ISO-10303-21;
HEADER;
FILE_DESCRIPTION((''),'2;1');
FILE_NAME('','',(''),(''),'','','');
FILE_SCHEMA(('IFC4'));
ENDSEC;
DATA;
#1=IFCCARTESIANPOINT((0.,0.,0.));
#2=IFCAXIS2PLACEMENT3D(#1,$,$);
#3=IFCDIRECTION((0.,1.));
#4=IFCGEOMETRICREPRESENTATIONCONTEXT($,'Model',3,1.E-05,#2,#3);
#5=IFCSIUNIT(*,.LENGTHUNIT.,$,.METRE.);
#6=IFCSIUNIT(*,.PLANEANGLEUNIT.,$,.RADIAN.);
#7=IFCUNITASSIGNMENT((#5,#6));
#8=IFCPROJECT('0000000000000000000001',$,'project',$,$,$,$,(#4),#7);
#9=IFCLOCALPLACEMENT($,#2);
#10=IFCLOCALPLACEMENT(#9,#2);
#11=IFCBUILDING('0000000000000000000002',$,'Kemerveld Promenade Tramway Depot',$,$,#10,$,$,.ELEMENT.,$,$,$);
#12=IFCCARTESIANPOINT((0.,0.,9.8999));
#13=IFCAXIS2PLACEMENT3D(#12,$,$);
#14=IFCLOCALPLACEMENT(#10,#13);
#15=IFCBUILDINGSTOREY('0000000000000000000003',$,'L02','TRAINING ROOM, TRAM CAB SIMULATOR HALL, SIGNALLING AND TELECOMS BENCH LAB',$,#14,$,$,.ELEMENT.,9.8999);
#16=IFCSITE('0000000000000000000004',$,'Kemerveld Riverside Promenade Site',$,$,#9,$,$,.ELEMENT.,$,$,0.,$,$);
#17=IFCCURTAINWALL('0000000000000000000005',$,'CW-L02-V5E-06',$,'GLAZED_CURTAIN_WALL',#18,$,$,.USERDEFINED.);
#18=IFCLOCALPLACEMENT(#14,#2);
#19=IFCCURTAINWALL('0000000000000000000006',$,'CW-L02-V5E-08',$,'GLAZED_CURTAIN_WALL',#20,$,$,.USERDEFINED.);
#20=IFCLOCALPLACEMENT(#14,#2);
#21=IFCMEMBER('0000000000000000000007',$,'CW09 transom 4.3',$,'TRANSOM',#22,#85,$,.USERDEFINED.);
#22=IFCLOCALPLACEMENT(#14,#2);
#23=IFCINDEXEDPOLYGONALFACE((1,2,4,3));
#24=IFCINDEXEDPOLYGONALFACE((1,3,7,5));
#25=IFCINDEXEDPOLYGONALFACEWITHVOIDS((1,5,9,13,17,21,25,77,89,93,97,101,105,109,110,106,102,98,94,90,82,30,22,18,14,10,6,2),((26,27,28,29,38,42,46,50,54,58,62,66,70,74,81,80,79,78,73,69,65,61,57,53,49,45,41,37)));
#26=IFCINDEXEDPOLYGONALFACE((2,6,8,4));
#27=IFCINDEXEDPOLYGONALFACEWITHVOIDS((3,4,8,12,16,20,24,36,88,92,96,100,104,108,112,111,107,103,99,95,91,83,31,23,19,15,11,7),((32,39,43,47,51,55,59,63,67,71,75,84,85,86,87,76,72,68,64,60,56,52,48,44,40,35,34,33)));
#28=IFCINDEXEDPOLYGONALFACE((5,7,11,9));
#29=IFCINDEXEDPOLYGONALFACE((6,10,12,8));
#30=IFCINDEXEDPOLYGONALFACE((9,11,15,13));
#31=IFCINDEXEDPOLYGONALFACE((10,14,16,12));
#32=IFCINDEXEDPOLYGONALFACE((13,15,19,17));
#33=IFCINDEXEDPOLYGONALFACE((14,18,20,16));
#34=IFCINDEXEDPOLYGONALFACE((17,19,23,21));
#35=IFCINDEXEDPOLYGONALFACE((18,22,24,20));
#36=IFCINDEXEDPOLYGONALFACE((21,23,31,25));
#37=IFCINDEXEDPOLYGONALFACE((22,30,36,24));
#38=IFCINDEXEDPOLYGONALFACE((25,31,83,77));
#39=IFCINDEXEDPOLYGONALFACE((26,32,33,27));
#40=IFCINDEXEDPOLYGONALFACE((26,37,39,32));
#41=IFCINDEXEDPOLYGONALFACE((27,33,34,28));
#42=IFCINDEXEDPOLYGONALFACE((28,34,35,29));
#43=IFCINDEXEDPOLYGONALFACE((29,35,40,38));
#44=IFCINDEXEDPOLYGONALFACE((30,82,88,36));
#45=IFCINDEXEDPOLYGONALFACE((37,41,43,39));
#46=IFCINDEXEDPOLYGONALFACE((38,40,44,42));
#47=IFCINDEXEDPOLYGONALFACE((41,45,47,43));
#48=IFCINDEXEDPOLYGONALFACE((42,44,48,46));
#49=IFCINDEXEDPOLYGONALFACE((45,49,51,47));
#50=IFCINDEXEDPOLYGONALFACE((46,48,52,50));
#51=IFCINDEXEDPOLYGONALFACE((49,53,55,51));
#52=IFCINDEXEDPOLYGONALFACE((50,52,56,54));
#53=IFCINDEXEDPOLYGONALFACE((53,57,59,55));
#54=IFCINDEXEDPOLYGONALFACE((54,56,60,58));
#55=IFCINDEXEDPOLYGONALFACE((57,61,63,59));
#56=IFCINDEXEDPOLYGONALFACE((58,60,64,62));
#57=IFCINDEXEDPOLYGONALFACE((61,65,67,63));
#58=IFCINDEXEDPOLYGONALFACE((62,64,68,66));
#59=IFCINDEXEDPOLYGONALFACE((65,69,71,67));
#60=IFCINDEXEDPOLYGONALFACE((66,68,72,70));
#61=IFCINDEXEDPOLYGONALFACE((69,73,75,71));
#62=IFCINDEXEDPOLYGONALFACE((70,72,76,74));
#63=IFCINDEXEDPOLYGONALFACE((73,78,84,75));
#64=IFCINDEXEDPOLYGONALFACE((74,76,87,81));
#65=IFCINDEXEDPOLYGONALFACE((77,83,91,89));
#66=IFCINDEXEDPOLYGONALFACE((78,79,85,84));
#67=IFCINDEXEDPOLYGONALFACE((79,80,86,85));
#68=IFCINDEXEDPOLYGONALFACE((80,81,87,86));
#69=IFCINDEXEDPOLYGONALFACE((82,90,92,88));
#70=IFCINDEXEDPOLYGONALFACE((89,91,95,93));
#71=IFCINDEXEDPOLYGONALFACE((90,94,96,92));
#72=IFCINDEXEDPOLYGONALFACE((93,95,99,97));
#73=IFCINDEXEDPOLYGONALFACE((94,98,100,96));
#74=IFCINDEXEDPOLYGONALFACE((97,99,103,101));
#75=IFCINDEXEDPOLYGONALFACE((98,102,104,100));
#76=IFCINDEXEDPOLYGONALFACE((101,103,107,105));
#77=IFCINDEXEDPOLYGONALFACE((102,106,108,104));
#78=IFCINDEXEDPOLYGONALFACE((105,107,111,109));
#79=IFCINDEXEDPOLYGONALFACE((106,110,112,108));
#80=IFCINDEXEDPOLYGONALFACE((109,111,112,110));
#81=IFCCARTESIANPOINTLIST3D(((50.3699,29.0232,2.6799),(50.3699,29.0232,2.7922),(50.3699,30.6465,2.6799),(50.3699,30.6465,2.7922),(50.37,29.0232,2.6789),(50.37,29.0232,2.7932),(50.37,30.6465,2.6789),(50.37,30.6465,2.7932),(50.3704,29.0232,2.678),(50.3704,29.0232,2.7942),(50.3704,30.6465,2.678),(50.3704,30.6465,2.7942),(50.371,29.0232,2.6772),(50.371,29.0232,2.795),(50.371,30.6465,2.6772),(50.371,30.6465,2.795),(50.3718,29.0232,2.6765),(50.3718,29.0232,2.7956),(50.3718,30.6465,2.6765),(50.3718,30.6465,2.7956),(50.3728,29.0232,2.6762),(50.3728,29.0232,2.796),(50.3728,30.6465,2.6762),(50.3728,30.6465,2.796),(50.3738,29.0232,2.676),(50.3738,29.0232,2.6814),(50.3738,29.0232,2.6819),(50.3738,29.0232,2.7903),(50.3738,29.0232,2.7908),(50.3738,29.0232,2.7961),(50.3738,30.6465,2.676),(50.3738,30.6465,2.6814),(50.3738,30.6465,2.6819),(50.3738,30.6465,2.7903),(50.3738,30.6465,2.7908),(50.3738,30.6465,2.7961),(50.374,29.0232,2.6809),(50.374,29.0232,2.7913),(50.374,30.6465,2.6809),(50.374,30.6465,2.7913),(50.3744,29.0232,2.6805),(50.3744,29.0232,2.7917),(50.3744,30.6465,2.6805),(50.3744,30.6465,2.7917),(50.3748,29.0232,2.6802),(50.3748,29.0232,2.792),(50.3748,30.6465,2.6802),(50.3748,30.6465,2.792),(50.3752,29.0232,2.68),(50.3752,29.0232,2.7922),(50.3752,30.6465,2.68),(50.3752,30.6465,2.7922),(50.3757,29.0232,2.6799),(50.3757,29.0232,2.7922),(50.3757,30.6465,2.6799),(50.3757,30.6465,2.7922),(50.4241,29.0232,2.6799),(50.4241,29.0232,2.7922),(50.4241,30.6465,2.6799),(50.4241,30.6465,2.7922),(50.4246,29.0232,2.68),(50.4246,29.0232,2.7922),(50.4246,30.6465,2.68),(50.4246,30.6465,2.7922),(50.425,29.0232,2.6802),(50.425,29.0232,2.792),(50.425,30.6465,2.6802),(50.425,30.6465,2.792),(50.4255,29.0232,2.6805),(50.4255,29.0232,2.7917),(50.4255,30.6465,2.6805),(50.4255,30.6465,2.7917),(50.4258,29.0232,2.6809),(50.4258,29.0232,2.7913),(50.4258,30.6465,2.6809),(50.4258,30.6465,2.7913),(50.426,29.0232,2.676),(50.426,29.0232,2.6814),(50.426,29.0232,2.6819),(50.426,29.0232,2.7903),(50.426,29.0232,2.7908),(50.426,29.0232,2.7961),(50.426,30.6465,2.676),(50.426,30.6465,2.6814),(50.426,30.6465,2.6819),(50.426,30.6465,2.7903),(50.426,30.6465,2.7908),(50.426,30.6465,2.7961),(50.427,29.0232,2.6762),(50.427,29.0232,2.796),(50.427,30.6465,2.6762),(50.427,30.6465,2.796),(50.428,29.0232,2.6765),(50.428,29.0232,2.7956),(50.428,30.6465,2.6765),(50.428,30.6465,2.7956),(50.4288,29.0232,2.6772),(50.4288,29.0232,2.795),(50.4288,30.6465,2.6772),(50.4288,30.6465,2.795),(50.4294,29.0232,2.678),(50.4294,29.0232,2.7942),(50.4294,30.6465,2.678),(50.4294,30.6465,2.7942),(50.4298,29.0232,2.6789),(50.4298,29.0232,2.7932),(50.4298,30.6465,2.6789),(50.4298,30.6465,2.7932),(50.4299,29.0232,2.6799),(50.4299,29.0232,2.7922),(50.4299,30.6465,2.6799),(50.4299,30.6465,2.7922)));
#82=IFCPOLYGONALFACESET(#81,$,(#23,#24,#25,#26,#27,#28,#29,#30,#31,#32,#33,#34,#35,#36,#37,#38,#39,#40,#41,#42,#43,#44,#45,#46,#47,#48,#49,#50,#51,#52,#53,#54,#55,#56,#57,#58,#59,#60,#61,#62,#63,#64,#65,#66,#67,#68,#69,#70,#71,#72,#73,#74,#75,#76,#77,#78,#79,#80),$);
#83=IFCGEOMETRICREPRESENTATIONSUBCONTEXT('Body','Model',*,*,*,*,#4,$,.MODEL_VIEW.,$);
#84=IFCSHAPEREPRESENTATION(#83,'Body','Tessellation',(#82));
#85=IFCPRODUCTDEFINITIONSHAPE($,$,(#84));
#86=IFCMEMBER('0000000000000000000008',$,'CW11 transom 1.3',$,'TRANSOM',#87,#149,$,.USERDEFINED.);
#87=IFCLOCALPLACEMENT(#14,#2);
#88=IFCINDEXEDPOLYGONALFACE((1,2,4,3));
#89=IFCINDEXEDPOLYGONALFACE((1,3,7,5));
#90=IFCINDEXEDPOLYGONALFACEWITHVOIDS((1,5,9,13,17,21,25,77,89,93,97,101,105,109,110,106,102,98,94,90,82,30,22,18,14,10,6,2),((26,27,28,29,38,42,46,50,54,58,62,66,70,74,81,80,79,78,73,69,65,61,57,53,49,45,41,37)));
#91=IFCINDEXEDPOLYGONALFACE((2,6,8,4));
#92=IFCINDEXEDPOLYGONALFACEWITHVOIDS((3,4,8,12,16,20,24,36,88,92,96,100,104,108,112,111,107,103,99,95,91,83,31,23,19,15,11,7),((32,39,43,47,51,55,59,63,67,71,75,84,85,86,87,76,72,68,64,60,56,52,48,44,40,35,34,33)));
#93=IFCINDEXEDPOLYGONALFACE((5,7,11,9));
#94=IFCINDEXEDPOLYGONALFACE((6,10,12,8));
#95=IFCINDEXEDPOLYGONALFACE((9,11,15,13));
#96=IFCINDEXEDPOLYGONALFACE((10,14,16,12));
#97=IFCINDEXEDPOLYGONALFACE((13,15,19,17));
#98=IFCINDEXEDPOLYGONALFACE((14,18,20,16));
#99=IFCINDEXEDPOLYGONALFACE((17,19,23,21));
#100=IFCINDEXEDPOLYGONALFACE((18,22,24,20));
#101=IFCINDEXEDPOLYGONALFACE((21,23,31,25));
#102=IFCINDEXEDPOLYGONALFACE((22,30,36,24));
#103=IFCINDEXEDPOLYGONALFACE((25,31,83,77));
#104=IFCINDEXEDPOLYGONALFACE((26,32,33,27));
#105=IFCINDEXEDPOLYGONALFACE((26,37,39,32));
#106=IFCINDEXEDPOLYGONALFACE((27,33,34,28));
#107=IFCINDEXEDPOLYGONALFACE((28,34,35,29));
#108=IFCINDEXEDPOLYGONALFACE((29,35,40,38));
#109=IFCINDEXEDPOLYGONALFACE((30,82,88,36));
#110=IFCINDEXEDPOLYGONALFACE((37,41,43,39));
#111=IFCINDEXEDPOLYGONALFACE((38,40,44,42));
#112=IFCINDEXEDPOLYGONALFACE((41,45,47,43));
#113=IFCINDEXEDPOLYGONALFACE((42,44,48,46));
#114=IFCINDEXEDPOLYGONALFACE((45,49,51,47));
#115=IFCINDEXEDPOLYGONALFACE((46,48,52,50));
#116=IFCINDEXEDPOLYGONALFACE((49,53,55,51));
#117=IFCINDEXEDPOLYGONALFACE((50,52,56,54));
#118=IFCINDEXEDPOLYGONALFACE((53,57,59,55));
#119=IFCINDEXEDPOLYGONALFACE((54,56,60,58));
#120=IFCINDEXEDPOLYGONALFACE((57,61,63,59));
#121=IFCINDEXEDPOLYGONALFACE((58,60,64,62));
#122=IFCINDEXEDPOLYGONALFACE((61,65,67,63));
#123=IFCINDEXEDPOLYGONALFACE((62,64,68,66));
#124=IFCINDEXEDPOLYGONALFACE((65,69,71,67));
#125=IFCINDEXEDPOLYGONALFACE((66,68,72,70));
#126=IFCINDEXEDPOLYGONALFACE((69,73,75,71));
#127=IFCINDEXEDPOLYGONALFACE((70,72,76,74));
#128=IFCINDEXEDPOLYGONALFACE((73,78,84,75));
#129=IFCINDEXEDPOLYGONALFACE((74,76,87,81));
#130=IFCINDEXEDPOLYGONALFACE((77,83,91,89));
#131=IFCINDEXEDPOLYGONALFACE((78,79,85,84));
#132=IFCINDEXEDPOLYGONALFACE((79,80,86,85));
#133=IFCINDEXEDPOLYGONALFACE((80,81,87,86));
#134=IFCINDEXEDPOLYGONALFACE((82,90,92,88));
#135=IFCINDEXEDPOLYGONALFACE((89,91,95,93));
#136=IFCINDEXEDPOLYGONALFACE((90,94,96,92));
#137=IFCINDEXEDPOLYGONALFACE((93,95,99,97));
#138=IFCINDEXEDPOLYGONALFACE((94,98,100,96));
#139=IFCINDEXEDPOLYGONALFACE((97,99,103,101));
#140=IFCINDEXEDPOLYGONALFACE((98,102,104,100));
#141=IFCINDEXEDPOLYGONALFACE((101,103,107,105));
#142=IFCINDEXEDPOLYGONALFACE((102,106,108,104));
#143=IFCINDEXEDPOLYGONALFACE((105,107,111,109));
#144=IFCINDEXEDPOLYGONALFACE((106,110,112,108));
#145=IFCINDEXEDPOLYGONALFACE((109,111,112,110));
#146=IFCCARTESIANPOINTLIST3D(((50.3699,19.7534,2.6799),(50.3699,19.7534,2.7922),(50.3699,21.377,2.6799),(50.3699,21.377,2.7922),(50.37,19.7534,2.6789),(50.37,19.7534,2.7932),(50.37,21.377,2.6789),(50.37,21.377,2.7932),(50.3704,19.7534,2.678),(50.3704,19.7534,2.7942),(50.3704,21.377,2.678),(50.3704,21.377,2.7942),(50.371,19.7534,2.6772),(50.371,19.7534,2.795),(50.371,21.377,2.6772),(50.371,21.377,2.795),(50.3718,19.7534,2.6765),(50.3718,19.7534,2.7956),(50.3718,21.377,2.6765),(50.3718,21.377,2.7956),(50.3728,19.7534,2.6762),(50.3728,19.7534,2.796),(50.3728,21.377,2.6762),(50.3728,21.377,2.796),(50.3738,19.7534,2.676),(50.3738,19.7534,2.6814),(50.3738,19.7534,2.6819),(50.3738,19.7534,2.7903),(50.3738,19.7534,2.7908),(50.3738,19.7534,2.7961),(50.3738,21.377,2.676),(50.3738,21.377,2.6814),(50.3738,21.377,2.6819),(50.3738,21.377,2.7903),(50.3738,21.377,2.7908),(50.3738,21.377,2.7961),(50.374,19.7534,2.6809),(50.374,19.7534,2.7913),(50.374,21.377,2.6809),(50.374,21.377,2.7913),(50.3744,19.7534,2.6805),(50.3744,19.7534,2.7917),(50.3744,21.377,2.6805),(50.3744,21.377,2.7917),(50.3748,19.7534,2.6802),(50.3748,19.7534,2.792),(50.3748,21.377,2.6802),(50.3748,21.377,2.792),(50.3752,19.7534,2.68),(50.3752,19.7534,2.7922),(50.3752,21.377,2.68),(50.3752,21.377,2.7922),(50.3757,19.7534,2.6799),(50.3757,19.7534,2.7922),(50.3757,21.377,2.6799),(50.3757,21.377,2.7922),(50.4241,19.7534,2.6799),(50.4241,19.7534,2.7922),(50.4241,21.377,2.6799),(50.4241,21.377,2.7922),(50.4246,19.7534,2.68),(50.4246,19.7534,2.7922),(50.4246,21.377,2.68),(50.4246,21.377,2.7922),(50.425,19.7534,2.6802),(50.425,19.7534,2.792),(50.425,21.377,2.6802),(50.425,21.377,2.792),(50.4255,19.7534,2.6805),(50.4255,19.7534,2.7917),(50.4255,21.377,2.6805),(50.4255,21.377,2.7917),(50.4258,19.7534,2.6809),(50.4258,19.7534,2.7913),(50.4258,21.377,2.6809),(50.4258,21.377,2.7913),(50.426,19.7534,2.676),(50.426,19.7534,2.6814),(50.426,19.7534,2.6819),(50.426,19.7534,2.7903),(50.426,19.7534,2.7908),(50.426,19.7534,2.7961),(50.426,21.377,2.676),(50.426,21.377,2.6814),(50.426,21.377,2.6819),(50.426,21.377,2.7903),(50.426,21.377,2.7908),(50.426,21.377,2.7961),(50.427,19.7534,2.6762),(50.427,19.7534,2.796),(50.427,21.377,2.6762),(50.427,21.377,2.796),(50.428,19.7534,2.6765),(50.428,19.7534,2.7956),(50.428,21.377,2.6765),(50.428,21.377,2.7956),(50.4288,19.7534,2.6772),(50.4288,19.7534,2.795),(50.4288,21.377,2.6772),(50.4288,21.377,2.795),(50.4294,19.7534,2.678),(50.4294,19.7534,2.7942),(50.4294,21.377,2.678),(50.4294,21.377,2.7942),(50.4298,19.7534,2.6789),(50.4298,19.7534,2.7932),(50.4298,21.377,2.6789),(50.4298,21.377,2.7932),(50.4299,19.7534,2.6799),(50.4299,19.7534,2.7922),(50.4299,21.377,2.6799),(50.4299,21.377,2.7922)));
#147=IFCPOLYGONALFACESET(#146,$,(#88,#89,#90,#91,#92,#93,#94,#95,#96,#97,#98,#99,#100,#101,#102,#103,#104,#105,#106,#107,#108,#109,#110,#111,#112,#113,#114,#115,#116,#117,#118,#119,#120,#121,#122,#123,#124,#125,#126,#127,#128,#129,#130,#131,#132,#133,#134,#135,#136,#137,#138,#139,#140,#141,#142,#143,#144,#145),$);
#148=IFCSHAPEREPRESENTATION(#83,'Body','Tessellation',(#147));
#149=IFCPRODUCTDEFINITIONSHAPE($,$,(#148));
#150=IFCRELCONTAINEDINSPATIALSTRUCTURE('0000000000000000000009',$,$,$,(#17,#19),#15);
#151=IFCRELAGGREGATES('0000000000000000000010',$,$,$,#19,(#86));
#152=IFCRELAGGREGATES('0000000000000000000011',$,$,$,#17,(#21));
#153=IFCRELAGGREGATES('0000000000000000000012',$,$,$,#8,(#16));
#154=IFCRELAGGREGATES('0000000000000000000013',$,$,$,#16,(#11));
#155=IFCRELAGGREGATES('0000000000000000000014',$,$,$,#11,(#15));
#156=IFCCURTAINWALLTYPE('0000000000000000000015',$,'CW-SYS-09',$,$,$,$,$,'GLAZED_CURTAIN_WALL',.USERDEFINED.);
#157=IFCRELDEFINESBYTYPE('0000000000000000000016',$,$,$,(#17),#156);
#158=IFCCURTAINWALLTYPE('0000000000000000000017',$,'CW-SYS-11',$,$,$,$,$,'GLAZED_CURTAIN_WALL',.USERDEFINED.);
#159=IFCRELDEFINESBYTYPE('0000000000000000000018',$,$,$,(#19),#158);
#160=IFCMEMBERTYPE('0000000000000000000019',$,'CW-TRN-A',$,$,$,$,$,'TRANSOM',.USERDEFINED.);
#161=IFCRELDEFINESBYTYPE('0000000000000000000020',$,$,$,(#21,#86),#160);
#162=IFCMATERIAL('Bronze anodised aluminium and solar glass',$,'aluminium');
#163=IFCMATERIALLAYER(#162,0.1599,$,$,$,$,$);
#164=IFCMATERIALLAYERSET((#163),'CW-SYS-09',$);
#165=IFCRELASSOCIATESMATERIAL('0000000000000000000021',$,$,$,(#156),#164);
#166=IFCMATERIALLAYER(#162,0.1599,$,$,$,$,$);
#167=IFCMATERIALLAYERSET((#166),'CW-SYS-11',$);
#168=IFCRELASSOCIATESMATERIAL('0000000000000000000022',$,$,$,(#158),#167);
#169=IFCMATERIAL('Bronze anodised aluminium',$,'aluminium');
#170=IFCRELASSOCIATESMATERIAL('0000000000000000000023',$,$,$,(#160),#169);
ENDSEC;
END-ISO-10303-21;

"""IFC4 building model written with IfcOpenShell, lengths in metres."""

from ifc_helpers import new_model, si_unit, direction, frame, origin, origin_2d, place, context, subcontext, project, spatial, hollow_rectangle, extrude, material, layer, layer_set, material_profile, profile_set, type_object, element, aggregate, save


model = new_model("IFC4")

# Units and contexts
model_context = context("Model", 3, precision=1e-05, world=origin(), true_north=direction((0.0, 1.0)))
body_context = subcontext(model_context, "Body", "Model", "MODEL_VIEW")
ifc_project = project(units=[si_unit("LENGTHUNIT", "METRE"), si_unit("PLANEANGLEUNIT", "RADIAN")], contexts=[model_context])

# Site, building, storey
site_placement = place(None, origin())
site = spatial("IfcSite", under=ifc_project, at=site_placement, Name="Kemerveld Riverside Promenade Site", CompositionType="ELEMENT", RefElevation=0.0)
building_placement = place(site_placement, origin())
building = spatial("IfcBuilding", under=site, at=building_placement, Name="Kemerveld Promenade Tramway Depot", CompositionType="ELEMENT")
storey_placement = place(building_placement, frame((0.0, 0.0, 9.8999)))
storey = spatial("IfcBuildingStorey", under=building, at=storey_placement, Name="L02", Description="TRAINING ROOM, TRAM CAB SIMULATOR HALL, SIGNALLING AND TELECOMS BENCH LAB", CompositionType="ELEMENT", Elevation=9.8999)

# Curtain walls
ifc_material_1 = material(Name="Bronze anodised aluminium and solar glass", Category="aluminium")
ifc_layer_1 = layer(ifc_material_1, 0.1599)
ifc_layer_set_1 = layer_set([ifc_layer_1], Name="CW-SYS-09")
curtain_wall_type_1 = type_object("IfcCurtainWallType", Name="CW-SYS-09", ElementType="GLAZED_CURTAIN_WALL", PredefinedType="USERDEFINED", material=ifc_layer_set_1)
curtain_wall_1_placement = place(storey_placement, origin())
curtain_wall_1 = element("IfcCurtainWall", 1, at=curtain_wall_1_placement, inside=storey, type_object=curtain_wall_type_1, Name="CW-L02-V5E-06", ObjectType="GLAZED_CURTAIN_WALL", PredefinedType="USERDEFINED")
ifc_material_2 = material(Name="Bronze anodised aluminium", Category="aluminium")
ifc_layer_2 = layer(ifc_material_1, 0.1599)
ifc_layer_set_2 = layer_set([ifc_layer_2], Name="CW-SYS-11")
curtain_wall_type_2 = type_object("IfcCurtainWallType", Name="CW-SYS-11", ElementType="GLAZED_CURTAIN_WALL", PredefinedType="USERDEFINED", material=ifc_layer_set_2)
curtain_wall_2_placement = place(storey_placement, origin())
curtain_wall_2 = element("IfcCurtainWall", 2, at=curtain_wall_2_placement, inside=storey, type_object=curtain_wall_type_2, Name="CW-L02-V5E-08", ObjectType="GLAZED_CURTAIN_WALL", PredefinedType="USERDEFINED")

# Members
ifc_material_profile_1 = material_profile(ifc_material_2, hollow_rectangle(XDim=0.0601, YDim=0.1201, WallThickness=0.0039, InnerFilletRadius=0.002, OuterFilletRadius=0.0039, at=origin_2d()), Name="CW-TRN-120x60")
ifc_profile_set_1 = profile_set([ifc_material_profile_1], Name="Bronze anodised aluminium")
member_type_1 = type_object("IfcMemberType", Name="CW-TRN-A", ElementType="TRANSOM", PredefinedType="USERDEFINED", material=ifc_profile_set_1)
member_1_placement = place(storey_placement, frame((50.3999, 30.6465, 2.7361), z_axis=(0.0, -1.0, 0.0), x_axis=(1.0, 0.0, 0.0)))
member_1 = element("IfcMember", 3, at=member_1_placement, type_object=member_type_1, Name="CW09 transom 4.3", ObjectType="TRANSOM", PredefinedType="USERDEFINED", context=body_context, shape_type="SweptSolid", body=[
    extrude(hollow_rectangle(XDim=0.0601, YDim=0.1201, WallThickness=0.0039, InnerFilletRadius=0.002, OuterFilletRadius=0.0039, at=origin_2d()), origin(), (0.0, 0.0, 1.0), 1.6233),
])
member_2_placement = place(storey_placement, frame((50.3999, 21.377, 2.7361), z_axis=(0.0, -1.0, 0.0), x_axis=(1.0, 0.0, 0.0)))
member_2 = element("IfcMember", 4, at=member_2_placement, type_object=member_type_1, Name="CW11 transom 1.3", ObjectType="TRANSOM", PredefinedType="USERDEFINED", context=body_context, shape_type="SweptSolid", body=[
    extrude(hollow_rectangle(XDim=0.0601, YDim=0.1201, WallThickness=0.0039, InnerFilletRadius=0.002, OuterFilletRadius=0.0039, at=origin_2d()), origin(), (0.0, 0.0, 1.0), 1.6235),
])
aggregate(curtain_wall_2, [member_2])

aggregate(curtain_wall_1, [member_1])

save(model, "model.ifc")
